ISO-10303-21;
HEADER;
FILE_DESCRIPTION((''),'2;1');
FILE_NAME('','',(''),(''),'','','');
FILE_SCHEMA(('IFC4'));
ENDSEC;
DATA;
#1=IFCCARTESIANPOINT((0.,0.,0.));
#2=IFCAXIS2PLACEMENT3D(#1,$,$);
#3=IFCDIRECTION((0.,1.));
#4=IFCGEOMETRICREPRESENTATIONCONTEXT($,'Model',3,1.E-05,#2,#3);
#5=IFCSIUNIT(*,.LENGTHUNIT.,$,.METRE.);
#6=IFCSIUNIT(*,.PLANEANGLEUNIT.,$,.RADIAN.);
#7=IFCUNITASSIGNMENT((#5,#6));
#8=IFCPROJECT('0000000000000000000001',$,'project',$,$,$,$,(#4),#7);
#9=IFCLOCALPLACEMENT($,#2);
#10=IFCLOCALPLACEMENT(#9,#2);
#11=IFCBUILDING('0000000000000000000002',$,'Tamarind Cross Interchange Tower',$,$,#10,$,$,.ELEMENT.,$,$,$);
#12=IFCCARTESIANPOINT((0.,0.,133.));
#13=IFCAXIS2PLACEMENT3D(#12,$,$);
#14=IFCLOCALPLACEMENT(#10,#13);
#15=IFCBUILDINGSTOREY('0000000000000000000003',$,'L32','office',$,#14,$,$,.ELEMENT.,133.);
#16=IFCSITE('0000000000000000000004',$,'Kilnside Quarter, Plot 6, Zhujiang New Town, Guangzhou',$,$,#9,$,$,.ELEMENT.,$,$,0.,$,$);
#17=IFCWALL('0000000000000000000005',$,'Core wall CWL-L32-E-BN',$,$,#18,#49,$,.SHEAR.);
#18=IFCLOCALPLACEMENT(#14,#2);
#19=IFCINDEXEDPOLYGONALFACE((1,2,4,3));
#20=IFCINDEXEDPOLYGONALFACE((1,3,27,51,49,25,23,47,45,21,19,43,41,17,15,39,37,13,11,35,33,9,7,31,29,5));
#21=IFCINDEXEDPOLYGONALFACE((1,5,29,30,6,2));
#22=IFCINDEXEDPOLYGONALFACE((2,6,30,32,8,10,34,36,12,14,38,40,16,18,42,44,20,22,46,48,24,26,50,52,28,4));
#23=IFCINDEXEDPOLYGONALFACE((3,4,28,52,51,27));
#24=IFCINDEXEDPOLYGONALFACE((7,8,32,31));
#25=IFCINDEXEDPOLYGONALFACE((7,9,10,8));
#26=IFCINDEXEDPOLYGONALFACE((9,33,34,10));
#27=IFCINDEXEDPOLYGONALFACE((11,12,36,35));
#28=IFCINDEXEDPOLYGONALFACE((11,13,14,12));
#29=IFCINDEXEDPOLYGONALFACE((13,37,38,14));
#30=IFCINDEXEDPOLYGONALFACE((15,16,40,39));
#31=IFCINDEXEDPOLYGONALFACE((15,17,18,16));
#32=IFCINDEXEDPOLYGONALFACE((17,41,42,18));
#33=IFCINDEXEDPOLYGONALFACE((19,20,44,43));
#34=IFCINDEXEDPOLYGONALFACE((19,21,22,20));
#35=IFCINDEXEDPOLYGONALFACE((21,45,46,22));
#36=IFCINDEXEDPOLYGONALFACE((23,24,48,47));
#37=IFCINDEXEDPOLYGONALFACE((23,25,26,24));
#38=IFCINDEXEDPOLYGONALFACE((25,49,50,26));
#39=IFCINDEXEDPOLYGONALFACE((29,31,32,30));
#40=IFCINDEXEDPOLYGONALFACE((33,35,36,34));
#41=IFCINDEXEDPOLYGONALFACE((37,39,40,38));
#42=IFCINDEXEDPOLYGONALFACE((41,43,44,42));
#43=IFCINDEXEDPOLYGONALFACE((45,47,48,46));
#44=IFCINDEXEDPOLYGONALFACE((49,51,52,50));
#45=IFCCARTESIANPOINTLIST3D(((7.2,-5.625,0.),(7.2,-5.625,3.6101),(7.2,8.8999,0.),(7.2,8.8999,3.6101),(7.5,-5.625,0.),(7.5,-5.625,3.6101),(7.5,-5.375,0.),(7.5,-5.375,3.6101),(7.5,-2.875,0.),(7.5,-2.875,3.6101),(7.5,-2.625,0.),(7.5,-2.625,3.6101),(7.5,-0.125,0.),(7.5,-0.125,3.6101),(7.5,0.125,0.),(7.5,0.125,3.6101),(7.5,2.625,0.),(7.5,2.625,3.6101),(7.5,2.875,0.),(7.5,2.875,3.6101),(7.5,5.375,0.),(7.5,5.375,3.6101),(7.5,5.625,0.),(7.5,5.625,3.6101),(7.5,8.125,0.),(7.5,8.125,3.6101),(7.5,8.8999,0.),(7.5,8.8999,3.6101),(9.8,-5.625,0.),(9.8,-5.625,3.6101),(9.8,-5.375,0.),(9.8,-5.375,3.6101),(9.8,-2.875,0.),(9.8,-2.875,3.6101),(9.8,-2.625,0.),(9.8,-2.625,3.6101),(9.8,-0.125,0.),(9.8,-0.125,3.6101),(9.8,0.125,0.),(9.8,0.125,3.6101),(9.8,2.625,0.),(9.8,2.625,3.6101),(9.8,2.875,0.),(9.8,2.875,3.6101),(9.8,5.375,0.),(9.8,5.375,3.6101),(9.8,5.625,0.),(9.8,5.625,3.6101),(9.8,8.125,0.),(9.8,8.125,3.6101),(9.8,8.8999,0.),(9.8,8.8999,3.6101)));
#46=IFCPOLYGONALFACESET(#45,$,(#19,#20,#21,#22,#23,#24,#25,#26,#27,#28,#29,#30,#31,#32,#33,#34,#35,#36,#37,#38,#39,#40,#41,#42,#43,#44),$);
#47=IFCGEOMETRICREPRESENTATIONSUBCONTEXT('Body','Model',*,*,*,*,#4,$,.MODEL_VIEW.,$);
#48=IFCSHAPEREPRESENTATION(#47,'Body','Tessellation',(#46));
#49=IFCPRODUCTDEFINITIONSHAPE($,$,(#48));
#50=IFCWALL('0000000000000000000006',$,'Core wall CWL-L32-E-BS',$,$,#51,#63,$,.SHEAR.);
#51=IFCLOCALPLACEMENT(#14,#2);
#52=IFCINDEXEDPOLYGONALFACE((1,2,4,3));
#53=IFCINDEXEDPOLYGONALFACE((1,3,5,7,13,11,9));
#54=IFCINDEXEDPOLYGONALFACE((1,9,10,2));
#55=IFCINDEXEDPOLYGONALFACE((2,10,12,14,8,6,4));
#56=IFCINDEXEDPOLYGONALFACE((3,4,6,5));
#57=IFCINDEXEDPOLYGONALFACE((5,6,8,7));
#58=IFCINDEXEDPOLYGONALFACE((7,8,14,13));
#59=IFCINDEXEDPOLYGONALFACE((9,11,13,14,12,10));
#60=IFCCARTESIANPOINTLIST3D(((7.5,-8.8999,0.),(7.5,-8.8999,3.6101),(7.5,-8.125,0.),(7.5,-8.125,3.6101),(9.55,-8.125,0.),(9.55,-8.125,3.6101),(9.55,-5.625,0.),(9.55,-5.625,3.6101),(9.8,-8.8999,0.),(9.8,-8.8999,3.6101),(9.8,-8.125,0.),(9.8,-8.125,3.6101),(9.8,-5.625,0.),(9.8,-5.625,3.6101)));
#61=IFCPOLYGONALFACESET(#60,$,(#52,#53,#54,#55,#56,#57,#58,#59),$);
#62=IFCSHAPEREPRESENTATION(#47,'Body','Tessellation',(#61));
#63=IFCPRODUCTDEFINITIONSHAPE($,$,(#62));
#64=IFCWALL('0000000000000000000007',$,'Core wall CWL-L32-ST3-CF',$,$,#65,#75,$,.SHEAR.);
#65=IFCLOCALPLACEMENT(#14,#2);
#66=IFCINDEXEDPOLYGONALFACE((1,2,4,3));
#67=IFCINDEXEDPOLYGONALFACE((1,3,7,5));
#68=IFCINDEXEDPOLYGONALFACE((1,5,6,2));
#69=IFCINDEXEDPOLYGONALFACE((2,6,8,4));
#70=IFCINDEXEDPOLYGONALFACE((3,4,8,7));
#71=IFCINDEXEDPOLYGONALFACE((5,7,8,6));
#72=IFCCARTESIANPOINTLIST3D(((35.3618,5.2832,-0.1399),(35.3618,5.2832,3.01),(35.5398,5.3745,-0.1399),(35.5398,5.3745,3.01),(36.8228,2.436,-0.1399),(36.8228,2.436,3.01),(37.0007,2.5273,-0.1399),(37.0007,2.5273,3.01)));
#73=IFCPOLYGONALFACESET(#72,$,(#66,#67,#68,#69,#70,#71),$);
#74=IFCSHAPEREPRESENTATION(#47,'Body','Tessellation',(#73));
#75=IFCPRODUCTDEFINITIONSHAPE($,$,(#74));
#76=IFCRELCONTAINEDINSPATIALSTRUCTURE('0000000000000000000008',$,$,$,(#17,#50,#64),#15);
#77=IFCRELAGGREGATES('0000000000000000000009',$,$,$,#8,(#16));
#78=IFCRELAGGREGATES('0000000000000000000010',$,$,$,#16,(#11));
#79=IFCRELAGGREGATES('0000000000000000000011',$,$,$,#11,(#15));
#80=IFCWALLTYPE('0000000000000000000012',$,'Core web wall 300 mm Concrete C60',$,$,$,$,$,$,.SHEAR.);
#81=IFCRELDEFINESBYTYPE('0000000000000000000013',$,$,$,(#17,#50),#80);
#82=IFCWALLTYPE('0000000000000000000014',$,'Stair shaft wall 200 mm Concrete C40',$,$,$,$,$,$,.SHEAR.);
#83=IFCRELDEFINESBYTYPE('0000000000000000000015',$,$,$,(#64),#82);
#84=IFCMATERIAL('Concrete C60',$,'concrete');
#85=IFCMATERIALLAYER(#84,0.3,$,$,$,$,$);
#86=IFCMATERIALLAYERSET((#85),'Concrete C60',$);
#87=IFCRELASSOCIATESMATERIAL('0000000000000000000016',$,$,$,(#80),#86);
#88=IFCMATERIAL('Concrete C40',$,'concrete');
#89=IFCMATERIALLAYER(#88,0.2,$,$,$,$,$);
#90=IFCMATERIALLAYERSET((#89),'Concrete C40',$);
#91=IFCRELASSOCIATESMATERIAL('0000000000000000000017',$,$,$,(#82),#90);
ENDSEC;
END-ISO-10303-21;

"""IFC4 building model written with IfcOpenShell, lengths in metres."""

from ifc_helpers import new_model, si_unit, direction, frame, origin, place, context, subcontext, project, spatial, polyline, outline, extrude, material, layer, layer_set, type_object, element, save


model = new_model("IFC4")

# Units and contexts
model_context = context("Model", 3, precision=1e-05, world=origin(), true_north=direction((0.0, 1.0)))
body_context = subcontext(model_context, "Body", "Model", "MODEL_VIEW")
ifc_project = project(units=[si_unit("LENGTHUNIT", "METRE"), si_unit("PLANEANGLEUNIT", "RADIAN")], contexts=[model_context])

# Site, building, storey
site_placement = place(None, origin())
site = spatial("IfcSite", under=ifc_project, at=site_placement, Name="Kilnside Quarter, Plot 6, Zhujiang New Town, Guangzhou", CompositionType="ELEMENT", RefElevation=0.0)
building_placement = place(site_placement, origin())
building = spatial("IfcBuilding", under=site, at=building_placement, Name="Tamarind Cross Interchange Tower", CompositionType="ELEMENT")
storey_placement = place(building_placement, frame((0.0, 0.0, 133.0)))
storey = spatial("IfcBuildingStorey", under=building, at=storey_placement, Name="L32", Description="office", CompositionType="ELEMENT", Elevation=133.0)

# Shared definitions
ifc_material_1 = material(Name="Concrete C40", Category="concrete")

# Walls
ifc_material_2 = material(Name="Concrete C60", Category="concrete")
ifc_layer_1 = layer(ifc_material_2, 0.3)
ifc_layer_set_1 = layer_set([ifc_layer_1], Name="Concrete C60")
wall_type_1 = type_object("IfcWallType", Name="Core web wall 300 mm Concrete C60", PredefinedType="SHEAR", material=ifc_layer_set_1)
wall_1_placement = place(storey_placement, origin())
element("IfcWall", 1, at=wall_1_placement, inside=storey, type_object=wall_type_1, Name="Core wall CWL-L32-E-BN", PredefinedType="SHEAR", context=body_context, shape_type="SweptSolid", body=[
    extrude(outline(polyline([(9.8, -5.375), (7.5, -5.375), (7.5, -2.875), (9.8, -2.875), (9.8, -2.625), (7.5, -2.625), (7.5, -0.125), (9.8, -0.125), (9.8, 0.125), (7.5, 0.125), (7.5, 2.625), (9.8, 2.625), (9.8, 2.875), (7.5, 2.875), (7.5, 5.375), (9.8, 5.375), (9.8, 5.625), (7.5, 5.625), (7.5, 8.125), (9.8, 8.125), (9.8, 8.8999), (7.5, 8.8999), (7.2, 8.8999), (7.2, -5.625), (7.5, -5.625), (9.8, -5.625), (9.8, -5.375)])), origin(), (0.0, 0.0, 1.0), 3.6101),
])
wall_2_placement = place(storey_placement, origin())
element("IfcWall", 2, at=wall_2_placement, inside=storey, type_object=wall_type_1, Name="Core wall CWL-L32-E-BS", PredefinedType="SHEAR", context=body_context, shape_type="SweptSolid", body=[
    extrude(outline(polyline([(7.5, -8.125), (7.5, -8.8999), (9.8, -8.8999), (9.8, -8.125), (9.8, -5.625), (9.55, -5.625), (9.55, -8.125), (7.5, -8.125)])), origin(), (0.0, 0.0, 1.0), 3.6101),
])
ifc_layer_2 = layer(ifc_material_1, 0.2)
ifc_layer_set_2 = layer_set([ifc_layer_2], Name="Concrete C40")
wall_type_2 = type_object("IfcWallType", Name="Stair shaft wall 200 mm Concrete C40", PredefinedType="SHEAR", material=ifc_layer_set_2)
wall_3_placement = place(storey_placement, frame((0.0, 0.0, -0.1399)))
element("IfcWall", 3, at=wall_3_placement, inside=storey, type_object=wall_type_2, Name="Core wall CWL-L32-ST3-CF", PredefinedType="SHEAR", context=body_context, shape_type="SweptSolid", body=[
    extrude(outline(polyline([(36.8228, 2.436), (37.0007, 2.5273), (35.5398, 5.3745), (35.3618, 5.2832), (36.8228, 2.436)])), origin(), (0.0, 0.0, 1.0), 3.1499),
])

save(model, "model.ifc")
